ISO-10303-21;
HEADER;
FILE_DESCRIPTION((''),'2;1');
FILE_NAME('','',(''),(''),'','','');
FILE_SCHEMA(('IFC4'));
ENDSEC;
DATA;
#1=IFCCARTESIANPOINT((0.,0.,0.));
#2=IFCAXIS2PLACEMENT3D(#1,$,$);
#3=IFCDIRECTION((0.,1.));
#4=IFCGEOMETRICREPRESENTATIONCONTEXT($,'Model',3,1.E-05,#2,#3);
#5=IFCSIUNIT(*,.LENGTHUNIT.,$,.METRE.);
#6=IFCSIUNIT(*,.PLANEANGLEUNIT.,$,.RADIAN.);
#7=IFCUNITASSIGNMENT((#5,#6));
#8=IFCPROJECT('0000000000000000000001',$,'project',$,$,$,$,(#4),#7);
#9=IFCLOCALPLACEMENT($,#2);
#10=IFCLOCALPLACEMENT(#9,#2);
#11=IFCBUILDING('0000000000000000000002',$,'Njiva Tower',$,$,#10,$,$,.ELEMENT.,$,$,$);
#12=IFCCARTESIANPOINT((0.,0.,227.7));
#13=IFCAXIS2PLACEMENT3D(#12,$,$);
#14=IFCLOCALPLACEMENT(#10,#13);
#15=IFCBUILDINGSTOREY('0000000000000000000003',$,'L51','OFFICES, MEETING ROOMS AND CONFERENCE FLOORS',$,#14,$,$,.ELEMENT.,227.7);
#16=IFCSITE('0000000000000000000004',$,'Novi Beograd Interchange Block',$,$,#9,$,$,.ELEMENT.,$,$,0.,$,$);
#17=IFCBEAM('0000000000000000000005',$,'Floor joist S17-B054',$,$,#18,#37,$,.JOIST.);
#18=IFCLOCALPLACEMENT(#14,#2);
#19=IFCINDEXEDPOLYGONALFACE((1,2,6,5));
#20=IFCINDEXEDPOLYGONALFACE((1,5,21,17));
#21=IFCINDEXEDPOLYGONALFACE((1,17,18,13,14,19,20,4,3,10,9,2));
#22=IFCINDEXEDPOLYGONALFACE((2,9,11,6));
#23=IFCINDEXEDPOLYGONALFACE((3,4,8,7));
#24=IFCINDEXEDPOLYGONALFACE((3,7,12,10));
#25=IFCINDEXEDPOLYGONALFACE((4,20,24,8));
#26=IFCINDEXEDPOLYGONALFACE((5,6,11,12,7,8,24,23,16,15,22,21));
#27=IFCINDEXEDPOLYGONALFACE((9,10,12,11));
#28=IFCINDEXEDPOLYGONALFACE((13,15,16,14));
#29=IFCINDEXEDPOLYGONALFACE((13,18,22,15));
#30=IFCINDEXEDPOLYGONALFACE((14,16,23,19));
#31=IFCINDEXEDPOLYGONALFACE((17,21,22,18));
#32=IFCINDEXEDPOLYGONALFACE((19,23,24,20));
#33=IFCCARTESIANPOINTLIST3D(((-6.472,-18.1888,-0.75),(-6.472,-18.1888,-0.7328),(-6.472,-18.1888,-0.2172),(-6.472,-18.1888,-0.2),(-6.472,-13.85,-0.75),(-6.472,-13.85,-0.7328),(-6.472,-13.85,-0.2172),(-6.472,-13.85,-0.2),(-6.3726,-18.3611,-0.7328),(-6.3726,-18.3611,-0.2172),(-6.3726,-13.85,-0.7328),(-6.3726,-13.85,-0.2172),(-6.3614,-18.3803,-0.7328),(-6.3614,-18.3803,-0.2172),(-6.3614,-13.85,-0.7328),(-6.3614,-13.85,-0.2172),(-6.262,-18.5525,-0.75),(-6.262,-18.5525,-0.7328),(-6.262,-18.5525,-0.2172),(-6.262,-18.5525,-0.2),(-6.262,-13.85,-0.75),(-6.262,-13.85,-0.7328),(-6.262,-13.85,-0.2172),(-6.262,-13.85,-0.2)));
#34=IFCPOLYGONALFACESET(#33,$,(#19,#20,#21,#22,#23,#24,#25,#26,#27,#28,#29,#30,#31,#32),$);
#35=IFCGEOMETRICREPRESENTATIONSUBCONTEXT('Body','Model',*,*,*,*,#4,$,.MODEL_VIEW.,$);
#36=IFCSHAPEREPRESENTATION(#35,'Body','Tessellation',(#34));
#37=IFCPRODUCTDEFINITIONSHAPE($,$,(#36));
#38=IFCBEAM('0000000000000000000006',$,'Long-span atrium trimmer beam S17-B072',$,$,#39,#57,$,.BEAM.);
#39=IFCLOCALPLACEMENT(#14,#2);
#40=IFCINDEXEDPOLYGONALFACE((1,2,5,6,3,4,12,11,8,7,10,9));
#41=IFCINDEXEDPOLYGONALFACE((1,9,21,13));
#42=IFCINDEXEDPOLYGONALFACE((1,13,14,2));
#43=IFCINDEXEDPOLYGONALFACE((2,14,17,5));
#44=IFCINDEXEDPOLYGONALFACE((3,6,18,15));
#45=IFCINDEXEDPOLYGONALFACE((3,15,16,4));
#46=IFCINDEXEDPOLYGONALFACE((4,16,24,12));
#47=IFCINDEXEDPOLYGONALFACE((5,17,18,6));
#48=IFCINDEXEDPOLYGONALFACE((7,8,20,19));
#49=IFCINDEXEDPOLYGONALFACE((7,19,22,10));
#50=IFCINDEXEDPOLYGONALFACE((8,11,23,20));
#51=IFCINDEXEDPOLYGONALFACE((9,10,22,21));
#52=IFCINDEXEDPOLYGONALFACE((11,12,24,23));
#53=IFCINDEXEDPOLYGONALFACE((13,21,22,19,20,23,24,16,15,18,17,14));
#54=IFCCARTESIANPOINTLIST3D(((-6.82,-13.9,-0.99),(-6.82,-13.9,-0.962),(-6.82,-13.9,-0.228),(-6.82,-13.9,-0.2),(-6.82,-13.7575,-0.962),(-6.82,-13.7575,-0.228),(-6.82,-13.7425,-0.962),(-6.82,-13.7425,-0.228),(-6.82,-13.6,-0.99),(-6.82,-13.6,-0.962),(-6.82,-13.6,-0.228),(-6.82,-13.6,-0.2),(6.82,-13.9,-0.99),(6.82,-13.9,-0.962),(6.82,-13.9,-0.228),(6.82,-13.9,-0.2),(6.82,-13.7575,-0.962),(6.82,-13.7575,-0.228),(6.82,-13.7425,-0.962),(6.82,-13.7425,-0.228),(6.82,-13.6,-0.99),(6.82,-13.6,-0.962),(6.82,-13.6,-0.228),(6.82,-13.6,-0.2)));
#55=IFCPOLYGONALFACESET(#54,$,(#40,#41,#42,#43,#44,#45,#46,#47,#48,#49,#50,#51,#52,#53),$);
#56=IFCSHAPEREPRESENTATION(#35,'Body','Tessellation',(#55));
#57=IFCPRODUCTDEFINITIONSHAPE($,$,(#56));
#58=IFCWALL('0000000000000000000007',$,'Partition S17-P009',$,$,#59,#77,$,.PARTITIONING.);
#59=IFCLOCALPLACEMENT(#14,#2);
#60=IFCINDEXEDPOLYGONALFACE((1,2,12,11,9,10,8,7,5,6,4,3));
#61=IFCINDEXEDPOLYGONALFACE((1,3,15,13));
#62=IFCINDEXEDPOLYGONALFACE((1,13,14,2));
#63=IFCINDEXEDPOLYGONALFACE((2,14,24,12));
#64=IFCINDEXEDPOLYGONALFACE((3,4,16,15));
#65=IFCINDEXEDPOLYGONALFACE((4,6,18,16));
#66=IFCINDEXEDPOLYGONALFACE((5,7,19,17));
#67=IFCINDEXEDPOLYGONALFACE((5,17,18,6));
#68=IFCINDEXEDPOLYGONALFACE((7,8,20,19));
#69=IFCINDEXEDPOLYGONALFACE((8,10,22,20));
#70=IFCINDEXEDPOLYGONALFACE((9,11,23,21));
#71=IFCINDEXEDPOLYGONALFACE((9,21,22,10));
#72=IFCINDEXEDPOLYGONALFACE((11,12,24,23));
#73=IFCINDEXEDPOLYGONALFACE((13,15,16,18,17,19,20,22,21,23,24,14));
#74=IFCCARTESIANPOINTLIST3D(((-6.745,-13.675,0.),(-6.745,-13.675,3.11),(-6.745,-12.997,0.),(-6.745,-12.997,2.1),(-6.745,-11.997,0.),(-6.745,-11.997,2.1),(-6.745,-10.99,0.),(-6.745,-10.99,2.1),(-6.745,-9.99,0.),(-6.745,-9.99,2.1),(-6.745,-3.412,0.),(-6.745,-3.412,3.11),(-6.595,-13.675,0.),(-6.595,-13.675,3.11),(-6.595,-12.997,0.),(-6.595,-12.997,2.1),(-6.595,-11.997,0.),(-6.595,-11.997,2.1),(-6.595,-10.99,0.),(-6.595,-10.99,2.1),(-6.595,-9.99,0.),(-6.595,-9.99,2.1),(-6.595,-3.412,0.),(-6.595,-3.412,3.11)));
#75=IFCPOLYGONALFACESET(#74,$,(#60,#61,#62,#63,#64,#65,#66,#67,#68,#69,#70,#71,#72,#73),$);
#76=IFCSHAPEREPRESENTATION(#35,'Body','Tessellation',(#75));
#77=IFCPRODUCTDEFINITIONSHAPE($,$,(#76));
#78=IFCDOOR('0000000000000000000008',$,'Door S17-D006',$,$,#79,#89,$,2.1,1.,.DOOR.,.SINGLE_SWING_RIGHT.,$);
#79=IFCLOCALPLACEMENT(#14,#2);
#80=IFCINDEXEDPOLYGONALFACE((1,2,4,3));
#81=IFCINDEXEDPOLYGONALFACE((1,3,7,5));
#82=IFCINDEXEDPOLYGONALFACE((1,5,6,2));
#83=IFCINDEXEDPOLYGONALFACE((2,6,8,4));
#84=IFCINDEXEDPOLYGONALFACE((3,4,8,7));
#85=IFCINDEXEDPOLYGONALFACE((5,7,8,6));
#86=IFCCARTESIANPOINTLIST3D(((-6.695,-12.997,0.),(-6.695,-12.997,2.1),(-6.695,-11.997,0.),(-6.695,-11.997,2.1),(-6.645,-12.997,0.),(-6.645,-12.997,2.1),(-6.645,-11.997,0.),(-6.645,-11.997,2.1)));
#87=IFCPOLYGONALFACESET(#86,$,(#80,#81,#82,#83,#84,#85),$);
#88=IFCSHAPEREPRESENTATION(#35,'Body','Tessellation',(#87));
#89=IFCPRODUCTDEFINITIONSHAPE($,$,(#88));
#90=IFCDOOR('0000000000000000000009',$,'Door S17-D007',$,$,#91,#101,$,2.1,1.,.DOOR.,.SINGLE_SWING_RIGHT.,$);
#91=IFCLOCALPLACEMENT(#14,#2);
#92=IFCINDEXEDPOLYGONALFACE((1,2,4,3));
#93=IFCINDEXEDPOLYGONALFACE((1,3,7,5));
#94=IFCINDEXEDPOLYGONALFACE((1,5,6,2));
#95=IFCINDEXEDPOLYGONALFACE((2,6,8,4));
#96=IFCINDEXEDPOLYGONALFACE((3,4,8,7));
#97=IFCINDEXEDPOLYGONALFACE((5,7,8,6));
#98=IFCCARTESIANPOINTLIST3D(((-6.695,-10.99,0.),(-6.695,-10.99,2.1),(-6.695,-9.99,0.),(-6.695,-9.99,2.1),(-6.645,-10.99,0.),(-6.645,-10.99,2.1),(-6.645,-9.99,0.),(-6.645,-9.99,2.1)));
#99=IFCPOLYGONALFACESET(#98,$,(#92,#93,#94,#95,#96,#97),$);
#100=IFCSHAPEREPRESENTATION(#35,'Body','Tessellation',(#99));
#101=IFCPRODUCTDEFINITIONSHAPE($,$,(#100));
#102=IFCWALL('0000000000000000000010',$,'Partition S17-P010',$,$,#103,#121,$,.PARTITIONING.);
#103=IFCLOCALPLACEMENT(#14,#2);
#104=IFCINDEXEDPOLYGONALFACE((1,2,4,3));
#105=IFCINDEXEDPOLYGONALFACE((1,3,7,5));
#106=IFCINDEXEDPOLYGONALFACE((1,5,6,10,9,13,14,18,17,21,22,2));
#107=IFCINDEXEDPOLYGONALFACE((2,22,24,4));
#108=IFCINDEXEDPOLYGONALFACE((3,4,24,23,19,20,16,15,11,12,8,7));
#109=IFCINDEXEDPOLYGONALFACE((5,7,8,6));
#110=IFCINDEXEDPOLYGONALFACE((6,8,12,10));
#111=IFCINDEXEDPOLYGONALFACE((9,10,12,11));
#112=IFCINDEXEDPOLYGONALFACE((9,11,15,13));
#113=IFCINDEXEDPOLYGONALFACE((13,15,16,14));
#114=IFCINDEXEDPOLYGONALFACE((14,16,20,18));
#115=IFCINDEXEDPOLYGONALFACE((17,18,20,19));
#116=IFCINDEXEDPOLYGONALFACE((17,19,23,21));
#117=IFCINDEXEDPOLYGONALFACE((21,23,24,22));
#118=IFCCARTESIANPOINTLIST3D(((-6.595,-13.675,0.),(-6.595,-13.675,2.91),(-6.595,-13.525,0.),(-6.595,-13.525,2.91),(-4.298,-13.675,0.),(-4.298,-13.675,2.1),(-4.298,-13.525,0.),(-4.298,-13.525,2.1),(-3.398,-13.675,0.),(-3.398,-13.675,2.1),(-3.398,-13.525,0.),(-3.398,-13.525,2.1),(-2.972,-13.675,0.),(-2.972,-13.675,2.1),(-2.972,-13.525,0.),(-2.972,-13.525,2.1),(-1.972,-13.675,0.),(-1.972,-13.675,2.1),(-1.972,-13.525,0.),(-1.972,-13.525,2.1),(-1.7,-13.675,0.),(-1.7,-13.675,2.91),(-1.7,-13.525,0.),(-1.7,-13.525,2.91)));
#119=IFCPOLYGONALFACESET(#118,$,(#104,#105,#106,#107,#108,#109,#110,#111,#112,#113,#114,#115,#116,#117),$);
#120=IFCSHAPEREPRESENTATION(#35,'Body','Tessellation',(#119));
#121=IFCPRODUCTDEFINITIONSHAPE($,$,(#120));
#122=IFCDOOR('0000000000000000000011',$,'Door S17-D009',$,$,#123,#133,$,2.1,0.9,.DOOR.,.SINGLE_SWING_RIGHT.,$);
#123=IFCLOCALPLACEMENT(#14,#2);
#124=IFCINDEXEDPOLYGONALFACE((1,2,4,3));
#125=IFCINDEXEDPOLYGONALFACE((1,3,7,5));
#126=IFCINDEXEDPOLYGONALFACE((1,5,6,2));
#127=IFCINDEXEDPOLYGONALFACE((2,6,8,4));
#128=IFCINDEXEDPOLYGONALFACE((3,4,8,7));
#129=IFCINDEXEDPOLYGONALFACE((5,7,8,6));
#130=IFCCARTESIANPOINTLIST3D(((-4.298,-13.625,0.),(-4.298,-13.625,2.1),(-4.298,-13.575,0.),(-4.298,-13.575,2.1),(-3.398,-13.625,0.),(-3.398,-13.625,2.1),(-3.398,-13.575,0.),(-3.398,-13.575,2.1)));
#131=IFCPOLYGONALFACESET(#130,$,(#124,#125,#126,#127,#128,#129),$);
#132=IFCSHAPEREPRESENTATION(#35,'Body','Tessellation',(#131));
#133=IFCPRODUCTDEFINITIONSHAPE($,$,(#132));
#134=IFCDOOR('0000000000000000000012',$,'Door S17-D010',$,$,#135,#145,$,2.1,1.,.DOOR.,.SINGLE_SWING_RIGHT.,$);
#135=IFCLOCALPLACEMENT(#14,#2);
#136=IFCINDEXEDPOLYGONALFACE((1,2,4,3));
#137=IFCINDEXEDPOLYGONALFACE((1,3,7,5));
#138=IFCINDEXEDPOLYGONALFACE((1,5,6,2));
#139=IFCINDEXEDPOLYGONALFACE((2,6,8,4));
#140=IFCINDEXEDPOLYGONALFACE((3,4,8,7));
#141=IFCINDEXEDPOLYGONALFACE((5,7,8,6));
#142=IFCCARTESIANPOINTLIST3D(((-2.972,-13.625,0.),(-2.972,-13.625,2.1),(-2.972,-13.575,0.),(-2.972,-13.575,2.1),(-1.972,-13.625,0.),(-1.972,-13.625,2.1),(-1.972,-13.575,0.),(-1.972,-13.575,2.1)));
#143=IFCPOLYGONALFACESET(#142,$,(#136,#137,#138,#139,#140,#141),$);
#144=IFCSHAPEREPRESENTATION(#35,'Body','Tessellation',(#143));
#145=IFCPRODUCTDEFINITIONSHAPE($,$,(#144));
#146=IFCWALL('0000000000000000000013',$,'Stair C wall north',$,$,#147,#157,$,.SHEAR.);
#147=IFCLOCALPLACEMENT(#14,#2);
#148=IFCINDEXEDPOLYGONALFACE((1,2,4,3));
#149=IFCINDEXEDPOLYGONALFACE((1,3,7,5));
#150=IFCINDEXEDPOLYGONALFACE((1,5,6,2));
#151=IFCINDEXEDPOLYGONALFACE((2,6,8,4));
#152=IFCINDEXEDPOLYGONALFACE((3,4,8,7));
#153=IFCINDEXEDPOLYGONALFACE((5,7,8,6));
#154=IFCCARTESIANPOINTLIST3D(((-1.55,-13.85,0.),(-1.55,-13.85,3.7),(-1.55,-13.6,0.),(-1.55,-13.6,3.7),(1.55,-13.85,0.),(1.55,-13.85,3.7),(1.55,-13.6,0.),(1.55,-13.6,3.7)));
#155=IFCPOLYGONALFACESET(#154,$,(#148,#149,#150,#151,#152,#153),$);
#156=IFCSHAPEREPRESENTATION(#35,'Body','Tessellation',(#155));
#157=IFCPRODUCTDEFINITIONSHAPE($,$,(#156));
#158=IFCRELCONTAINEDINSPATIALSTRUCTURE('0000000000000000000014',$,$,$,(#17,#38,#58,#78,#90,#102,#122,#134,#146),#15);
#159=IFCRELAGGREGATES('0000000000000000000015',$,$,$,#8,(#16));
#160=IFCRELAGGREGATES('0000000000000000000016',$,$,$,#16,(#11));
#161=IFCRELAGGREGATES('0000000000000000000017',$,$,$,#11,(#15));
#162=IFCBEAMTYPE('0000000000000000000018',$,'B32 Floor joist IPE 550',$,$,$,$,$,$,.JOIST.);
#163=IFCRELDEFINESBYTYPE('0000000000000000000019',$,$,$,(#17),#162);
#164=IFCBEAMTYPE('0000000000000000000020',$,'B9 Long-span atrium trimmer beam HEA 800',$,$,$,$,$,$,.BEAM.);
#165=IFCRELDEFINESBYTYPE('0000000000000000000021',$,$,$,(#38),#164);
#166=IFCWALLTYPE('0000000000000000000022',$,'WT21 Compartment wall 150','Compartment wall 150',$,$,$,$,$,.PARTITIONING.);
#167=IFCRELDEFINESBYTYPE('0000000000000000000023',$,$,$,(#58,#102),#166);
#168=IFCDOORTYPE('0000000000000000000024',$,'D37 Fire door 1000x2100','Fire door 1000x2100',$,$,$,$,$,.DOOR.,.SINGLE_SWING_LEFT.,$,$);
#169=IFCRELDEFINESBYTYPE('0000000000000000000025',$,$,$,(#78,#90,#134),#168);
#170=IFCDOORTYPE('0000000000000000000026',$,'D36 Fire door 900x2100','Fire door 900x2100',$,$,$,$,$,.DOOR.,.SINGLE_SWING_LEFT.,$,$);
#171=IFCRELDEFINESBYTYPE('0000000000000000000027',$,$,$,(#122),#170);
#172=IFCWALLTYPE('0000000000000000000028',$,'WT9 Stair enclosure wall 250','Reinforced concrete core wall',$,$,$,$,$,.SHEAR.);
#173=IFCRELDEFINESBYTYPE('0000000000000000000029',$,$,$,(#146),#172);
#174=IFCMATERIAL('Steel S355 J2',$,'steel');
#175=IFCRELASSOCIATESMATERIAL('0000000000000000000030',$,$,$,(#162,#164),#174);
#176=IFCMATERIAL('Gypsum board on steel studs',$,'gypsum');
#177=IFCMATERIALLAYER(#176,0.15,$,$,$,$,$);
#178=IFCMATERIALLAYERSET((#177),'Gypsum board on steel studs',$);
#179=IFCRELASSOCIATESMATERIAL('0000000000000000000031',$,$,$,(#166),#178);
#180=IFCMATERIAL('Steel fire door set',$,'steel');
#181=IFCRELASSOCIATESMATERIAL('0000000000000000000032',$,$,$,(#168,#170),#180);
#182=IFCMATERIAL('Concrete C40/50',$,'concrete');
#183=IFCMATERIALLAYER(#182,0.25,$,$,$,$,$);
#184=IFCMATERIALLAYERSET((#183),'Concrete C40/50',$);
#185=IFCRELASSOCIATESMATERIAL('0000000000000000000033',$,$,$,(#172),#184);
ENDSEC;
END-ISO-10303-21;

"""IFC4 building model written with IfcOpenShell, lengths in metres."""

from ifc_helpers import new_model, si_unit, direction, frame, frame_2d, origin, origin_2d, place, context, subcontext, project, spatial, rectangle, i_section, extrude, clip, halfspace, material, layer, layer_set, material_profile, profile_set, type_object, element, fill, save


model = new_model("IFC4")

# Units and contexts
model_context = context("Model", 3, precision=1e-05, world=origin(), true_north=direction((0.0, 1.0)))
body_context = subcontext(model_context, "Body", "Model", "MODEL_VIEW")
ifc_project = project(units=[si_unit("LENGTHUNIT", "METRE"), si_unit("PLANEANGLEUNIT", "RADIAN")], contexts=[model_context])

# Site, building, storey
site_placement = place(None, origin())
site = spatial("IfcSite", under=ifc_project, at=site_placement, Name="Novi Beograd Interchange Block", CompositionType="ELEMENT", RefElevation=0.0)
building_placement = place(site_placement, origin())
building = spatial("IfcBuilding", under=site, at=building_placement, Name="Njiva Tower", CompositionType="ELEMENT")
storey_placement = place(building_placement, frame((0.0, 0.0, 227.7)))
storey = spatial("IfcBuildingStorey", under=building, at=storey_placement, Name="L51", Description="OFFICES, MEETING ROOMS AND CONFERENCE FLOORS", CompositionType="ELEMENT", Elevation=227.7)

# Shared definitions
ifc_material_1 = material(Name="Steel S355 J2", Category="steel")

# Beams
ifc_material_profile_1 = material_profile(ifc_material_1, i_section(OverallWidth=0.21, OverallDepth=0.55, WebThickness=0.0111, FlangeThickness=0.0172, at=origin_2d()), Name="IPE 550")
ifc_profile_set_1 = profile_set([ifc_material_profile_1], Name="Steel S355 J2")
beam_type_1 = type_object("IfcBeamType", Name="B32 Floor joist IPE 550", PredefinedType="JOIST", material=ifc_profile_set_1)
beam_1_placement = place(storey_placement, frame((-6.367, -13.85, -0.475), z_axis=(0.0, -1.0, 0.0), x_axis=(1.0, 0.0, 0.0)))
element("IfcBeam", 1, at=beam_1_placement, inside=storey, type_object=beam_type_1, Name="Floor joist S17-B054", PredefinedType="JOIST", context=body_context, shape_type="Clipping", body=[
    clip(extrude(i_section(OverallWidth=0.21, OverallDepth=0.55, WebThickness=0.0111, FlangeThickness=0.0172, at=origin_2d()), origin(), (0.0, 0.0, 1.0), 4.723), halfspace(frame((-0.043, 0.0, 4.4462), z_axis=(-0.866027, 0.0, 0.499998), x_axis=(0.0, 1.0, 0.0)), False)),
])
ifc_material_profile_2 = material_profile(ifc_material_1, i_section(OverallWidth=0.3, OverallDepth=0.79, WebThickness=0.015, FlangeThickness=0.028, at=origin_2d()), Name="HEA 800")
ifc_profile_set_2 = profile_set([ifc_material_profile_2], Name="Steel S355 J2")
beam_type_2 = type_object("IfcBeamType", Name="B9 Long-span atrium trimmer beam HEA 800", PredefinedType="BEAM", material=ifc_profile_set_2)
beam_2_placement = place(storey_placement, frame((-6.82, -13.75, -0.595), z_axis=(1.0, 0.0, 0.0), x_axis=(0.0, 1.0, 0.0)))
element("IfcBeam", 2, at=beam_2_placement, inside=storey, type_object=beam_type_2, Name="Long-span atrium trimmer beam S17-B072", PredefinedType="BEAM", context=body_context, shape_type="SweptSolid", body=[
    extrude(i_section(OverallWidth=0.3, OverallDepth=0.79, WebThickness=0.015, FlangeThickness=0.028, at=origin_2d()), origin(), (0.0, 0.0, 1.0), 13.64),
])

# Walls, openings, doors
ifc_material_2 = material(Name="Gypsum board on steel studs", Category="gypsum")
ifc_layer_1 = layer(ifc_material_2, 0.15)
ifc_layer_set_1 = layer_set([ifc_layer_1], Name="Gypsum board on steel studs")
wall_type_1 = type_object("IfcWallType", Name="WT21 Compartment wall 150", Description="Compartment wall 150", PredefinedType="PARTITIONING", material=ifc_layer_set_1)
wall_1_placement = place(storey_placement, frame((-6.67, -13.675, 0.0), z_axis=(0.0, 0.0, 1.0), x_axis=(0.0, 1.0, 0.0)))
wall_1 = element("IfcWall", 3, at=wall_1_placement, inside=storey, type_object=wall_type_1, Name="Partition S17-P009", PredefinedType="PARTITIONING", context=body_context, shape_type="SweptSolid", body=[
    extrude(rectangle(XDim=10.263, YDim=0.15, at=frame_2d((5.1315, 0.0))), origin(), (0.0, 0.0, 1.0), 3.11),
])
opening_1_placement = place(wall_1_placement, frame((0.678, 0.0, 0.0)))
opening_1 = element("IfcOpeningElement", 4, at=opening_1_placement, cuts=wall_1, PredefinedType="OPENING", context=body_context, shape_type="SweptSolid", body=[
    extrude(rectangle(XDim=1.0, YDim=2.1, at=frame_2d((0.5, 1.05))), frame((0.0, 0.085, 0.0), z_axis=(0.0, -1.0, 0.0), x_axis=(1.0, 0.0, 0.0)), (0.0, 0.0, 1.0), 0.17),
])
opening_2_placement = place(wall_1_placement, frame((2.685, 0.0, 0.0)))
opening_2 = element("IfcOpeningElement", 5, at=opening_2_placement, cuts=wall_1, PredefinedType="OPENING", context=body_context, shape_type="SweptSolid", body=[
    extrude(rectangle(XDim=1.0, YDim=2.1, at=frame_2d((0.5, 1.05))), frame((0.0, 0.085, 0.0), z_axis=(0.0, -1.0, 0.0), x_axis=(1.0, 0.0, 0.0)), (0.0, 0.0, 1.0), 0.17),
])
ifc_material_3 = material(Name="Steel fire door set", Category="steel")
door_type_1 = type_object("IfcDoorType", Name="D37 Fire door 1000x2100", Description="Fire door 1000x2100", OperationType="SINGLE_SWING_LEFT", PredefinedType="DOOR", material=ifc_material_3)
door_1_placement = place(opening_1_placement, origin())
door_1 = element("IfcDoor", 6, at=door_1_placement, inside=storey, type_object=door_type_1, Name="Door S17-D006", OperationType="SINGLE_SWING_RIGHT", OverallHeight=2.1, OverallWidth=1.0, PredefinedType="DOOR", context=body_context, shape_type="SweptSolid", body=[
    extrude(rectangle(XDim=1.0, YDim=2.1, at=frame_2d((0.5, 1.05))), frame((0.0, 0.025, 0.0), z_axis=(0.0, -1.0, 0.0), x_axis=(1.0, 0.0, 0.0)), (0.0, 0.0, 1.0), 0.05),
])
fill(opening_1, door_1)
door_2_placement = place(opening_2_placement, origin())
door_2 = element("IfcDoor", 7, at=door_2_placement, inside=storey, type_object=door_type_1, Name="Door S17-D007", OperationType="SINGLE_SWING_RIGHT", OverallHeight=2.1, OverallWidth=1.0, PredefinedType="DOOR", context=body_context, shape_type="SweptSolid", body=[
    extrude(rectangle(XDim=1.0, YDim=2.1, at=frame_2d((0.5, 1.05))), frame((0.0, 0.025, 0.0), z_axis=(0.0, -1.0, 0.0), x_axis=(1.0, 0.0, 0.0)), (0.0, 0.0, 1.0), 0.05),
])
fill(opening_2, door_2)
wall_2_placement = place(storey_placement, frame((-6.595, -13.6, 0.0), z_axis=(0.0, 0.0, 1.0), x_axis=(1.0, 0.0, 0.0)))
wall_2 = element("IfcWall", 8, at=wall_2_placement, inside=storey, type_object=wall_type_1, Name="Partition S17-P010", PredefinedType="PARTITIONING", context=body_context, shape_type="SweptSolid", body=[
    extrude(rectangle(XDim=4.895, YDim=0.15, at=frame_2d((2.4475, 0.0))), origin(), (0.0, 0.0, 1.0), 2.91),
])
opening_3_placement = place(wall_2_placement, frame((2.297, 0.0, 0.0)))
opening_3 = element("IfcOpeningElement", 9, at=opening_3_placement, cuts=wall_2, PredefinedType="OPENING", context=body_context, shape_type="SweptSolid", body=[
    extrude(rectangle(XDim=0.9, YDim=2.1, at=frame_2d((0.45, 1.05))), frame((0.0, 0.085, 0.0), z_axis=(0.0, -1.0, 0.0), x_axis=(1.0, 0.0, 0.0)), (0.0, 0.0, 1.0), 0.17),
])
opening_4_placement = place(wall_2_placement, frame((3.623, 0.0, 0.0)))
opening_4 = element("IfcOpeningElement", 10, at=opening_4_placement, cuts=wall_2, PredefinedType="OPENING", context=body_context, shape_type="SweptSolid", body=[
    extrude(rectangle(XDim=1.0, YDim=2.1, at=frame_2d((0.5, 1.05))), frame((0.0, 0.085, 0.0), z_axis=(0.0, -1.0, 0.0), x_axis=(1.0, 0.0, 0.0)), (0.0, 0.0, 1.0), 0.17),
])
door_type_2 = type_object("IfcDoorType", Name="D36 Fire door 900x2100", Description="Fire door 900x2100", OperationType="SINGLE_SWING_LEFT", PredefinedType="DOOR", material=ifc_material_3)
door_3_placement = place(opening_3_placement, origin())
door_3 = element("IfcDoor", 11, at=door_3_placement, inside=storey, type_object=door_type_2, Name="Door S17-D009", OperationType="SINGLE_SWING_RIGHT", OverallHeight=2.1, OverallWidth=0.9, PredefinedType="DOOR", context=body_context, shape_type="SweptSolid", body=[
    extrude(rectangle(XDim=0.9, YDim=2.1, at=frame_2d((0.45, 1.05))), frame((0.0, 0.025, 0.0), z_axis=(0.0, -1.0, 0.0), x_axis=(1.0, 0.0, 0.0)), (0.0, 0.0, 1.0), 0.05),
])
fill(opening_3, door_3)
door_4_placement = place(opening_4_placement, origin())
door_4 = element("IfcDoor", 12, at=door_4_placement, inside=storey, type_object=door_type_1, Name="Door S17-D010", OperationType="SINGLE_SWING_RIGHT", OverallHeight=2.1, OverallWidth=1.0, PredefinedType="DOOR", context=body_context, shape_type="SweptSolid", body=[
    extrude(rectangle(XDim=1.0, YDim=2.1, at=frame_2d((0.5, 1.05))), frame((0.0, 0.025, 0.0), z_axis=(0.0, -1.0, 0.0), x_axis=(1.0, 0.0, 0.0)), (0.0, 0.0, 1.0), 0.05),
])
fill(opening_4, door_4)

# Wall
ifc_material_4 = material(Name="Concrete C40/50", Category="concrete")
ifc_layer_2 = layer(ifc_material_4, 0.25)
ifc_layer_set_2 = layer_set([ifc_layer_2], Name="Concrete C40/50")
wall_type_2 = type_object("IfcWallType", Name="WT9 Stair enclosure wall 250", Description="Reinforced concrete core wall", PredefinedType="SHEAR", material=ifc_layer_set_2)
wall_3_placement = place(storey_placement, frame((-1.55, -13.725, 0.0), z_axis=(0.0, 0.0, 1.0), x_axis=(1.0, 0.0, 0.0)))
element("IfcWall", 13, at=wall_3_placement, inside=storey, type_object=wall_type_2, Name="Stair C wall north", PredefinedType="SHEAR", context=body_context, shape_type="SweptSolid", body=[
    extrude(rectangle(XDim=3.1, YDim=0.25, at=frame_2d((1.55, 0.0))), origin(), (0.0, 0.0, 1.0), 3.7),
])

save(model, "model.ifc")
